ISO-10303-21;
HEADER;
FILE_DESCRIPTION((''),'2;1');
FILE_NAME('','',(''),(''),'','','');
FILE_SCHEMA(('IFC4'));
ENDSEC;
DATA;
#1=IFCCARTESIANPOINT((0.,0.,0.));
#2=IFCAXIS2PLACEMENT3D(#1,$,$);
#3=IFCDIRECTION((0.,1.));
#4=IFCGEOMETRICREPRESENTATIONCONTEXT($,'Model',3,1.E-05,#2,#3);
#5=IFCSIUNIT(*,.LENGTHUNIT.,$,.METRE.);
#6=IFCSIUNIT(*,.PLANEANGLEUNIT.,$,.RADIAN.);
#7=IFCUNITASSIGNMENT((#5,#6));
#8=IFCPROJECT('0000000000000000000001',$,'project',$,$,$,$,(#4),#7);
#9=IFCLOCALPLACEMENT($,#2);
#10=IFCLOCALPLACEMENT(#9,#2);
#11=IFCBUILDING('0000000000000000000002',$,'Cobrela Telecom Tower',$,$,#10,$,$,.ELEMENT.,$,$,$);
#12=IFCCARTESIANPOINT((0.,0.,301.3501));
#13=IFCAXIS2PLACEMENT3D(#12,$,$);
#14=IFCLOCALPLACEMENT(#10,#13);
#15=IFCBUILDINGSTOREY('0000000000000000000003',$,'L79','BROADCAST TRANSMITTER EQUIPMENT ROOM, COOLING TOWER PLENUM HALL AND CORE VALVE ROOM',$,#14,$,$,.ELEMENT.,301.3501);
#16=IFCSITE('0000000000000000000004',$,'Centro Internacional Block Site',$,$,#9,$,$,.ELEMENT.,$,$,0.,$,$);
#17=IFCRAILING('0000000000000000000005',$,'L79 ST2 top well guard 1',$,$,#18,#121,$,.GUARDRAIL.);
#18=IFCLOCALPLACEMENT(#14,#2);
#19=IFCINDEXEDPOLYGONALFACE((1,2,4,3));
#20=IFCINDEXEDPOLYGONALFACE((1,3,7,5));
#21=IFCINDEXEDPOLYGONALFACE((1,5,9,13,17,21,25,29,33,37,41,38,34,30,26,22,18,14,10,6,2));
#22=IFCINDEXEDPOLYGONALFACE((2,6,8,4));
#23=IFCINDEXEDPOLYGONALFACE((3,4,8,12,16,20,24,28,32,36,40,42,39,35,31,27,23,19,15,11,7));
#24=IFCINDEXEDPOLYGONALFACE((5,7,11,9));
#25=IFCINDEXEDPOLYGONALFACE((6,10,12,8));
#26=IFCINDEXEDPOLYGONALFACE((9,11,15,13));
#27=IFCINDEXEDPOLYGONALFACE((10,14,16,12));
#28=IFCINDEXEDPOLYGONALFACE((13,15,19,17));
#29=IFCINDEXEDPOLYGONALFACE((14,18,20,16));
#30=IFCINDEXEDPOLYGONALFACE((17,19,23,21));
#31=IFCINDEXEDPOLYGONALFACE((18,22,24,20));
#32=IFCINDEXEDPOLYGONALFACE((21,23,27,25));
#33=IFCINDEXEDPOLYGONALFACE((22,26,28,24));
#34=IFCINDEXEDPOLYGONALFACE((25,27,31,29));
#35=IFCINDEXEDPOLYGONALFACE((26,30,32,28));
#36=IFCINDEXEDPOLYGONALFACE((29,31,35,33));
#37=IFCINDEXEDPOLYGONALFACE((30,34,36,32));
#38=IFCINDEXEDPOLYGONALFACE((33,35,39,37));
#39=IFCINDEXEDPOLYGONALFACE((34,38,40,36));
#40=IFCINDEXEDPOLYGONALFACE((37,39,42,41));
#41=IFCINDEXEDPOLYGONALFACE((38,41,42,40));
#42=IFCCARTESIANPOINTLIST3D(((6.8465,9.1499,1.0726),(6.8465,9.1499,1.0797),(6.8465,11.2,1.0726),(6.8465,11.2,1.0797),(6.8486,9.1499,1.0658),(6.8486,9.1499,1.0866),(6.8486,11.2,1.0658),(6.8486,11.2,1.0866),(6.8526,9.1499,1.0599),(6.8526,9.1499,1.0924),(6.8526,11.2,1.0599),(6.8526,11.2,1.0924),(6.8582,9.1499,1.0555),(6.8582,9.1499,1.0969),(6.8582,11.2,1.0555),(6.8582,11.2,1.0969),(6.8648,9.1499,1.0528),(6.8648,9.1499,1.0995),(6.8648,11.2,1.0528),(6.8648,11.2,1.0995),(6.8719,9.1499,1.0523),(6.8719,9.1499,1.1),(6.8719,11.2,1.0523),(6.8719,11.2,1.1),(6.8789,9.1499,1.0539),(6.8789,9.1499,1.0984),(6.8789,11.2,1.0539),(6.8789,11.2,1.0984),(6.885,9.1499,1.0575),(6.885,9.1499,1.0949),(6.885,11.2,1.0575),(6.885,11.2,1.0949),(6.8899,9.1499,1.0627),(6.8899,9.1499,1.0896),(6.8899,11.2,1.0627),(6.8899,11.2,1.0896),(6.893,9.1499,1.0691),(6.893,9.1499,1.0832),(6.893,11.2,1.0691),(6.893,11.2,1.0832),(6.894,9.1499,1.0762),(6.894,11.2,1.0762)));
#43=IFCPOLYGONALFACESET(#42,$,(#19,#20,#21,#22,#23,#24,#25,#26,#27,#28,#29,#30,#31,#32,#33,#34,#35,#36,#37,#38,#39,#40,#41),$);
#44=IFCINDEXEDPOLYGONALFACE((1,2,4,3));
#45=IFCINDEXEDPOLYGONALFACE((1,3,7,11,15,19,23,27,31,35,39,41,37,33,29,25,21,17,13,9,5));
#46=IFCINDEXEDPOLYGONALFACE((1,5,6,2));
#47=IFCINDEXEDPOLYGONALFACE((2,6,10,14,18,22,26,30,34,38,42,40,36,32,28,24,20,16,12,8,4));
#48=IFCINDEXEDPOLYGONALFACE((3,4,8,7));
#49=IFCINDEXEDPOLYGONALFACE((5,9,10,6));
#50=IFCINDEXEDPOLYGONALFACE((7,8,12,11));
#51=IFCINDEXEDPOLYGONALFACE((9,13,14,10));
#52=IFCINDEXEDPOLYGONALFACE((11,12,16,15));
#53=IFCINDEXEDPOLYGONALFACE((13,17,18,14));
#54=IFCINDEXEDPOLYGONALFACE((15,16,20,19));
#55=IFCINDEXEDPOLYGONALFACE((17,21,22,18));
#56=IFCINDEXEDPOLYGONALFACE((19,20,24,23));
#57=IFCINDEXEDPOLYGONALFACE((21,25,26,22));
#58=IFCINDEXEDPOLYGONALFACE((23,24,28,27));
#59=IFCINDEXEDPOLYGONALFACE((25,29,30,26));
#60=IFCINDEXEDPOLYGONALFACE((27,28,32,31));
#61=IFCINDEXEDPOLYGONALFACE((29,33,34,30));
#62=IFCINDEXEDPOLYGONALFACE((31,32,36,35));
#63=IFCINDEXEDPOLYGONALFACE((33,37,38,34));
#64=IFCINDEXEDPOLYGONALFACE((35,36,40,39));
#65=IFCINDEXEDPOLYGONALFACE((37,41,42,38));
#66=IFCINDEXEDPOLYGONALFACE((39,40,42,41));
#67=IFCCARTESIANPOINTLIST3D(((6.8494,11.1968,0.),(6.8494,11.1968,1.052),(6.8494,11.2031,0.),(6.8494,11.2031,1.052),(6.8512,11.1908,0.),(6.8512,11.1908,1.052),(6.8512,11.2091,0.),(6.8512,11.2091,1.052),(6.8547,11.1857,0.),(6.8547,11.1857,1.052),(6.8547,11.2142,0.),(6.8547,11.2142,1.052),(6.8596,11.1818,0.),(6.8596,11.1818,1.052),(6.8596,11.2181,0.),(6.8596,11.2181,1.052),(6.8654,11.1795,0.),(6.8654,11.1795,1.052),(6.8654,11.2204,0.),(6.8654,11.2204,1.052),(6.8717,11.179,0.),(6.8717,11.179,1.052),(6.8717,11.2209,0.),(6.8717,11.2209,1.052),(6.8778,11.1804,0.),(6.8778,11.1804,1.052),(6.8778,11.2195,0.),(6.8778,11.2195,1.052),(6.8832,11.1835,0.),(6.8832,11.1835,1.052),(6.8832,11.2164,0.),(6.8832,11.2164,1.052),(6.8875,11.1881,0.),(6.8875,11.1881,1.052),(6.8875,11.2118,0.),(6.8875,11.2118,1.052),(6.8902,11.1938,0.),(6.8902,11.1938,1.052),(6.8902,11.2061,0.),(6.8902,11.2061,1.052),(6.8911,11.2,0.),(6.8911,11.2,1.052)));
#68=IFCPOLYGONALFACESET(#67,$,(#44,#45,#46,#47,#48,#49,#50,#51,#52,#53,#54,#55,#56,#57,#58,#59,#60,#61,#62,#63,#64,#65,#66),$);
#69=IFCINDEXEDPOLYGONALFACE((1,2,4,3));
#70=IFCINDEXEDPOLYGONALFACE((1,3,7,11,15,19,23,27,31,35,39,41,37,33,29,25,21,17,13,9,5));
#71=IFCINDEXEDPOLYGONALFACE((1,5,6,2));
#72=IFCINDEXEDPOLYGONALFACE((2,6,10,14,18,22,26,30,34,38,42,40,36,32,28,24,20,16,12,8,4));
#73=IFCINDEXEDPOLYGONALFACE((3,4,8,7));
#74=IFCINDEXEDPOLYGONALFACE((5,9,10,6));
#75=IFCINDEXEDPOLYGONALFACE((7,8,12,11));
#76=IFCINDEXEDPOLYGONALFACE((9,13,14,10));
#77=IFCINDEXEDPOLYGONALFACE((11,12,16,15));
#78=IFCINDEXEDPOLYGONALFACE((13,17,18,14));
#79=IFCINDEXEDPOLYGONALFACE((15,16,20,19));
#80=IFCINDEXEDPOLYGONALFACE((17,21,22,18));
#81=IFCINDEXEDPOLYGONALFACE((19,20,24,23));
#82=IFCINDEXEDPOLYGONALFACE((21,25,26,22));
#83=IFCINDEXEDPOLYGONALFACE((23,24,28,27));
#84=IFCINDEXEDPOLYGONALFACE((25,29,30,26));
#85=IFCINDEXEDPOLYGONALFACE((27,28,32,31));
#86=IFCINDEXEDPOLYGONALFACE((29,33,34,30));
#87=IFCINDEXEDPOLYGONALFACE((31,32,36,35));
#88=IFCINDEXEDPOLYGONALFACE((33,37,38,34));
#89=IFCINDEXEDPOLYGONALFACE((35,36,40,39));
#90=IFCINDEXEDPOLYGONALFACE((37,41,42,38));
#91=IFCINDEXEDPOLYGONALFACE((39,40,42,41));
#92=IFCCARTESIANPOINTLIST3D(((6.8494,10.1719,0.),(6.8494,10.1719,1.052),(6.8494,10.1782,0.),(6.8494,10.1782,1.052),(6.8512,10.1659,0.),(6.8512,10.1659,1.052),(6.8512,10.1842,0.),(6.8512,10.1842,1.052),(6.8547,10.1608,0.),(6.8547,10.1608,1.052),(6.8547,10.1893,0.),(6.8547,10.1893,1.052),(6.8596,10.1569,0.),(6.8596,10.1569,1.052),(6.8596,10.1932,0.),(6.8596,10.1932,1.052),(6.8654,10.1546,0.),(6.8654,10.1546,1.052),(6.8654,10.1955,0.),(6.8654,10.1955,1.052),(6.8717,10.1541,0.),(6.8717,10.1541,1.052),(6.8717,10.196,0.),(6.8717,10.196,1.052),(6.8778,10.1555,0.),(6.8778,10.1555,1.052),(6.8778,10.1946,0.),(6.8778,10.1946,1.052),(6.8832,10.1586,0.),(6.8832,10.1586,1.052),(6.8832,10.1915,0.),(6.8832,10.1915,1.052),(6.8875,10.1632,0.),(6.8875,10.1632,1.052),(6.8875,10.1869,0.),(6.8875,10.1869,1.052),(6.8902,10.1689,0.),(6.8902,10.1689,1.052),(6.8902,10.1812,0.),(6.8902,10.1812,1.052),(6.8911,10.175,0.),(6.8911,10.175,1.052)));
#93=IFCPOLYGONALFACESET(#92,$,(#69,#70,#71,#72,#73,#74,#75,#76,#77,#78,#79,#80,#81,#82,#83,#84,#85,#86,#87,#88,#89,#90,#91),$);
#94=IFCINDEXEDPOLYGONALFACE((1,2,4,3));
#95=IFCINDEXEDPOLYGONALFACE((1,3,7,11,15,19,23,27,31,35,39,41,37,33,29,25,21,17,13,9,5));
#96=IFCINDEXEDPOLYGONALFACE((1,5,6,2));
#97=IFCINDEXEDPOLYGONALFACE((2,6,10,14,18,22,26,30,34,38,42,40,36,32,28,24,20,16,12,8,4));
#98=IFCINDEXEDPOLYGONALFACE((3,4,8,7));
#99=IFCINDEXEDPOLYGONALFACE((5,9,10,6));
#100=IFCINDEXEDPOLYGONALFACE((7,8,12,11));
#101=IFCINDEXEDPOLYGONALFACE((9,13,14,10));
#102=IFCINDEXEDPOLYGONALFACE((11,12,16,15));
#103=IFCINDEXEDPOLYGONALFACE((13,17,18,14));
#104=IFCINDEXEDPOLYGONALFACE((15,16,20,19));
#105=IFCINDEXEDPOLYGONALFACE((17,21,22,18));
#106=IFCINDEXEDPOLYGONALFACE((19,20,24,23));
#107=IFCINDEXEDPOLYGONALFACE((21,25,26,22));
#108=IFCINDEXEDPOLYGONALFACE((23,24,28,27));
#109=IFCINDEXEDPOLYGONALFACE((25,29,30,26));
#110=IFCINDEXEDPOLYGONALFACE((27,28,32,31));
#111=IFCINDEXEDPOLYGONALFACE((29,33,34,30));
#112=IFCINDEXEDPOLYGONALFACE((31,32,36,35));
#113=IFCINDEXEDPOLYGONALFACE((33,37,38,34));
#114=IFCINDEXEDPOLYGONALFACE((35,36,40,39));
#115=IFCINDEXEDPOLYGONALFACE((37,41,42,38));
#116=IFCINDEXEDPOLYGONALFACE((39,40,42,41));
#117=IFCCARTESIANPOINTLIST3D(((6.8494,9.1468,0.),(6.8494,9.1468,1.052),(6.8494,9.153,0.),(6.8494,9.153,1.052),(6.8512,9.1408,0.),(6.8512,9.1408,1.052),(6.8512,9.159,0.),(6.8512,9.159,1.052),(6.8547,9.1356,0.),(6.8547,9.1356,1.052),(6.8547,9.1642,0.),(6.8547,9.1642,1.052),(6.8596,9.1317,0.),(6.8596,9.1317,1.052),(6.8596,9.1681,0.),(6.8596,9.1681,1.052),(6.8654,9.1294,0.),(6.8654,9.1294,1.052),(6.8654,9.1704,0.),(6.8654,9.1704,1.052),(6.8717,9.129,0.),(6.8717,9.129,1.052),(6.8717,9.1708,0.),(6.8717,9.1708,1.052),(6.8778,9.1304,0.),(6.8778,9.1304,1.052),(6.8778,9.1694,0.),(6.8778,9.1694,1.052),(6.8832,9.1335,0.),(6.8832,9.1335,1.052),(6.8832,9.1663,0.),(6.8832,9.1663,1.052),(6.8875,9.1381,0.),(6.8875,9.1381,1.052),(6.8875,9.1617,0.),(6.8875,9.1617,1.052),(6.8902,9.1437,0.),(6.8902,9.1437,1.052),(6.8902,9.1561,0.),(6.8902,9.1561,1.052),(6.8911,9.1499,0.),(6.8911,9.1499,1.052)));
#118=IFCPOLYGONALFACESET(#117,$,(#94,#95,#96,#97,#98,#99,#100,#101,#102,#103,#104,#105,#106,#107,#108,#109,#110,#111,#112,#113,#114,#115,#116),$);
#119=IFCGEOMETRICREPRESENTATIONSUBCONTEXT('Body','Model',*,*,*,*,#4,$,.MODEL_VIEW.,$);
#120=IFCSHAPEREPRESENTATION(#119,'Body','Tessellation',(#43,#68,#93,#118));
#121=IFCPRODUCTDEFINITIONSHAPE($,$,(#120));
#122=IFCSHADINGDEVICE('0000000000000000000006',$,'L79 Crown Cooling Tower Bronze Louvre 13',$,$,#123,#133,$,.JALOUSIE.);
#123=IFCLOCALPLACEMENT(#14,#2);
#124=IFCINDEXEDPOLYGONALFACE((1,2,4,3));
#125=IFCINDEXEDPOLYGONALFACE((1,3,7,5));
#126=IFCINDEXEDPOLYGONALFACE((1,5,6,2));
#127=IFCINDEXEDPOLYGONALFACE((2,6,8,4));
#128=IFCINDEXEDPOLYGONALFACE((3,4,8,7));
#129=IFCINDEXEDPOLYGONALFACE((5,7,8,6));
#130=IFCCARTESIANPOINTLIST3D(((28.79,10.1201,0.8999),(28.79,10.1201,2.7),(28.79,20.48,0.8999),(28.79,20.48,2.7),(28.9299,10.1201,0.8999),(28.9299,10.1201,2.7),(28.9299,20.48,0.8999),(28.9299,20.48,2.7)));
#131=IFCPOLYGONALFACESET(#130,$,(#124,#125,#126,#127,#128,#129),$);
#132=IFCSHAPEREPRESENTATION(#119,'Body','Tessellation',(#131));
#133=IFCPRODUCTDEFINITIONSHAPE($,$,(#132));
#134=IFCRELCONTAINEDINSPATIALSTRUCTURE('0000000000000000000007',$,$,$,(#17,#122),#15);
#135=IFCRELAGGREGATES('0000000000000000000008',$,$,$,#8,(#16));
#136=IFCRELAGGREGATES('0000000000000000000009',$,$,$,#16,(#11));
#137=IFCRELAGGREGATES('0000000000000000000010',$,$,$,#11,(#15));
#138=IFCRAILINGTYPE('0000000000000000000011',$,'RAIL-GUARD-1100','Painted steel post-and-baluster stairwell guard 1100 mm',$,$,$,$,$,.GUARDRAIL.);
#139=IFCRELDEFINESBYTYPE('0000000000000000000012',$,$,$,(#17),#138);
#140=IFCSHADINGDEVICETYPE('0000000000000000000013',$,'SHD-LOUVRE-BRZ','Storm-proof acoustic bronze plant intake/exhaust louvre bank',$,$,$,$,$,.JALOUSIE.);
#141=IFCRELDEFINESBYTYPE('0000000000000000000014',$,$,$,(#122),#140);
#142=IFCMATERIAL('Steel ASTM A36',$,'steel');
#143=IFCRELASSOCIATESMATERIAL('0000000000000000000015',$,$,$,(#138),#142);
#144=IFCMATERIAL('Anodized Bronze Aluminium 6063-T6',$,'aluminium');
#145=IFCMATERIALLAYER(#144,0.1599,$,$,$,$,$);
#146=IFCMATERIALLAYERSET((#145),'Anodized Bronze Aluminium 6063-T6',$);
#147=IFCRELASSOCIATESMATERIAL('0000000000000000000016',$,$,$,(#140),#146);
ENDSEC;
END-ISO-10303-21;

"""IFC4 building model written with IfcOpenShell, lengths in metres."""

from ifc_helpers import new_model, si_unit, direction, frame, origin, origin_2d, place, context, subcontext, project, spatial, polyline, circle, outline, extrude, material, layer, layer_set, type_object, element, save


model = new_model("IFC4")

# Units and contexts
model_context = context("Model", 3, precision=1e-05, world=origin(), true_north=direction((0.0, 1.0)))
body_context = subcontext(model_context, "Body", "Model", "MODEL_VIEW")
ifc_project = project(units=[si_unit("LENGTHUNIT", "METRE"), si_unit("PLANEANGLEUNIT", "RADIAN")], contexts=[model_context])

# Site, building, storey
site_placement = place(None, origin())
site = spatial("IfcSite", under=ifc_project, at=site_placement, Name="Centro Internacional Block Site", CompositionType="ELEMENT", RefElevation=0.0)
building_placement = place(site_placement, origin())
building = spatial("IfcBuilding", under=site, at=building_placement, Name="Cobrela Telecom Tower", CompositionType="ELEMENT")
storey_placement = place(building_placement, frame((0.0, 0.0, 301.3501)))
storey = spatial("IfcBuildingStorey", under=building, at=storey_placement, Name="L79", Description="BROADCAST TRANSMITTER EQUIPMENT ROOM, COOLING TOWER PLENUM HALL AND CORE VALVE ROOM", CompositionType="ELEMENT", Elevation=301.3501)

# Shared definitions
ifc_material_1 = material(Name="Anodized Bronze Aluminium 6063-T6", Category="aluminium")

# Shared definitions
ifc_material_2 = material(Name="Steel ASTM A36", Category="steel")

# Railing
railing_type = type_object("IfcRailingType", Name="RAIL-GUARD-1100", Description="Painted steel post-and-baluster stairwell guard 1100 mm", PredefinedType="GUARDRAIL", material=ifc_material_2)
railing_placement = place(storey_placement, frame((6.8701, 11.2, 0.0)))
element("IfcRailing", 1, at=railing_placement, inside=storey, type_object=railing_type, Name="L79 ST2 top well guard 1", PredefinedType="GUARDRAIL", context=body_context, shape_type="SweptSolid", body=[
    extrude(circle(Radius=0.0239, at=origin_2d()), frame((0.0, 0.0, 1.0762), z_axis=(0.0, -1.0, 0.0), x_axis=(1.0, 0.0, 0.0)), (0.0, 0.0, 1.0), 2.05),
    extrude(circle(Radius=0.021, at=origin_2d()), origin(), (0.0, 0.0, 1.0), 1.052),
    extrude(circle(Radius=0.021, at=origin_2d()), frame((0.0, -1.0249, 0.0)), (0.0, 0.0, 1.0), 1.052),
    extrude(circle(Radius=0.021, at=origin_2d()), frame((0.0, -2.05, 0.0)), (0.0, 0.0, 1.0), 1.052),
])

# Shading device
ifc_layer_1 = layer(ifc_material_1, 0.1599)
ifc_layer_set_1 = layer_set([ifc_layer_1], Name="Anodized Bronze Aluminium 6063-T6")
shading_device_type = type_object("IfcShadingDeviceType", Name="SHD-LOUVRE-BRZ", Description="Storm-proof acoustic bronze plant intake/exhaust louvre bank", PredefinedType="JALOUSIE", material=ifc_layer_set_1)
shading_device_placement = place(storey_placement, frame((0.0, 0.0, 0.8999)))
element("IfcShadingDevice", 2, at=shading_device_placement, inside=storey, type_object=shading_device_type, Name="L79 Crown Cooling Tower Bronze Louvre 13", PredefinedType="JALOUSIE", context=body_context, shape_type="SweptSolid", body=[
    extrude(outline(polyline([(28.79, 20.48), (28.79, 10.1201), (28.9299, 10.1201), (28.9299, 20.48), (28.79, 20.48)])), origin(), (0.0, 0.0, 1.0), 1.8),
])

save(model, "model.ifc")
